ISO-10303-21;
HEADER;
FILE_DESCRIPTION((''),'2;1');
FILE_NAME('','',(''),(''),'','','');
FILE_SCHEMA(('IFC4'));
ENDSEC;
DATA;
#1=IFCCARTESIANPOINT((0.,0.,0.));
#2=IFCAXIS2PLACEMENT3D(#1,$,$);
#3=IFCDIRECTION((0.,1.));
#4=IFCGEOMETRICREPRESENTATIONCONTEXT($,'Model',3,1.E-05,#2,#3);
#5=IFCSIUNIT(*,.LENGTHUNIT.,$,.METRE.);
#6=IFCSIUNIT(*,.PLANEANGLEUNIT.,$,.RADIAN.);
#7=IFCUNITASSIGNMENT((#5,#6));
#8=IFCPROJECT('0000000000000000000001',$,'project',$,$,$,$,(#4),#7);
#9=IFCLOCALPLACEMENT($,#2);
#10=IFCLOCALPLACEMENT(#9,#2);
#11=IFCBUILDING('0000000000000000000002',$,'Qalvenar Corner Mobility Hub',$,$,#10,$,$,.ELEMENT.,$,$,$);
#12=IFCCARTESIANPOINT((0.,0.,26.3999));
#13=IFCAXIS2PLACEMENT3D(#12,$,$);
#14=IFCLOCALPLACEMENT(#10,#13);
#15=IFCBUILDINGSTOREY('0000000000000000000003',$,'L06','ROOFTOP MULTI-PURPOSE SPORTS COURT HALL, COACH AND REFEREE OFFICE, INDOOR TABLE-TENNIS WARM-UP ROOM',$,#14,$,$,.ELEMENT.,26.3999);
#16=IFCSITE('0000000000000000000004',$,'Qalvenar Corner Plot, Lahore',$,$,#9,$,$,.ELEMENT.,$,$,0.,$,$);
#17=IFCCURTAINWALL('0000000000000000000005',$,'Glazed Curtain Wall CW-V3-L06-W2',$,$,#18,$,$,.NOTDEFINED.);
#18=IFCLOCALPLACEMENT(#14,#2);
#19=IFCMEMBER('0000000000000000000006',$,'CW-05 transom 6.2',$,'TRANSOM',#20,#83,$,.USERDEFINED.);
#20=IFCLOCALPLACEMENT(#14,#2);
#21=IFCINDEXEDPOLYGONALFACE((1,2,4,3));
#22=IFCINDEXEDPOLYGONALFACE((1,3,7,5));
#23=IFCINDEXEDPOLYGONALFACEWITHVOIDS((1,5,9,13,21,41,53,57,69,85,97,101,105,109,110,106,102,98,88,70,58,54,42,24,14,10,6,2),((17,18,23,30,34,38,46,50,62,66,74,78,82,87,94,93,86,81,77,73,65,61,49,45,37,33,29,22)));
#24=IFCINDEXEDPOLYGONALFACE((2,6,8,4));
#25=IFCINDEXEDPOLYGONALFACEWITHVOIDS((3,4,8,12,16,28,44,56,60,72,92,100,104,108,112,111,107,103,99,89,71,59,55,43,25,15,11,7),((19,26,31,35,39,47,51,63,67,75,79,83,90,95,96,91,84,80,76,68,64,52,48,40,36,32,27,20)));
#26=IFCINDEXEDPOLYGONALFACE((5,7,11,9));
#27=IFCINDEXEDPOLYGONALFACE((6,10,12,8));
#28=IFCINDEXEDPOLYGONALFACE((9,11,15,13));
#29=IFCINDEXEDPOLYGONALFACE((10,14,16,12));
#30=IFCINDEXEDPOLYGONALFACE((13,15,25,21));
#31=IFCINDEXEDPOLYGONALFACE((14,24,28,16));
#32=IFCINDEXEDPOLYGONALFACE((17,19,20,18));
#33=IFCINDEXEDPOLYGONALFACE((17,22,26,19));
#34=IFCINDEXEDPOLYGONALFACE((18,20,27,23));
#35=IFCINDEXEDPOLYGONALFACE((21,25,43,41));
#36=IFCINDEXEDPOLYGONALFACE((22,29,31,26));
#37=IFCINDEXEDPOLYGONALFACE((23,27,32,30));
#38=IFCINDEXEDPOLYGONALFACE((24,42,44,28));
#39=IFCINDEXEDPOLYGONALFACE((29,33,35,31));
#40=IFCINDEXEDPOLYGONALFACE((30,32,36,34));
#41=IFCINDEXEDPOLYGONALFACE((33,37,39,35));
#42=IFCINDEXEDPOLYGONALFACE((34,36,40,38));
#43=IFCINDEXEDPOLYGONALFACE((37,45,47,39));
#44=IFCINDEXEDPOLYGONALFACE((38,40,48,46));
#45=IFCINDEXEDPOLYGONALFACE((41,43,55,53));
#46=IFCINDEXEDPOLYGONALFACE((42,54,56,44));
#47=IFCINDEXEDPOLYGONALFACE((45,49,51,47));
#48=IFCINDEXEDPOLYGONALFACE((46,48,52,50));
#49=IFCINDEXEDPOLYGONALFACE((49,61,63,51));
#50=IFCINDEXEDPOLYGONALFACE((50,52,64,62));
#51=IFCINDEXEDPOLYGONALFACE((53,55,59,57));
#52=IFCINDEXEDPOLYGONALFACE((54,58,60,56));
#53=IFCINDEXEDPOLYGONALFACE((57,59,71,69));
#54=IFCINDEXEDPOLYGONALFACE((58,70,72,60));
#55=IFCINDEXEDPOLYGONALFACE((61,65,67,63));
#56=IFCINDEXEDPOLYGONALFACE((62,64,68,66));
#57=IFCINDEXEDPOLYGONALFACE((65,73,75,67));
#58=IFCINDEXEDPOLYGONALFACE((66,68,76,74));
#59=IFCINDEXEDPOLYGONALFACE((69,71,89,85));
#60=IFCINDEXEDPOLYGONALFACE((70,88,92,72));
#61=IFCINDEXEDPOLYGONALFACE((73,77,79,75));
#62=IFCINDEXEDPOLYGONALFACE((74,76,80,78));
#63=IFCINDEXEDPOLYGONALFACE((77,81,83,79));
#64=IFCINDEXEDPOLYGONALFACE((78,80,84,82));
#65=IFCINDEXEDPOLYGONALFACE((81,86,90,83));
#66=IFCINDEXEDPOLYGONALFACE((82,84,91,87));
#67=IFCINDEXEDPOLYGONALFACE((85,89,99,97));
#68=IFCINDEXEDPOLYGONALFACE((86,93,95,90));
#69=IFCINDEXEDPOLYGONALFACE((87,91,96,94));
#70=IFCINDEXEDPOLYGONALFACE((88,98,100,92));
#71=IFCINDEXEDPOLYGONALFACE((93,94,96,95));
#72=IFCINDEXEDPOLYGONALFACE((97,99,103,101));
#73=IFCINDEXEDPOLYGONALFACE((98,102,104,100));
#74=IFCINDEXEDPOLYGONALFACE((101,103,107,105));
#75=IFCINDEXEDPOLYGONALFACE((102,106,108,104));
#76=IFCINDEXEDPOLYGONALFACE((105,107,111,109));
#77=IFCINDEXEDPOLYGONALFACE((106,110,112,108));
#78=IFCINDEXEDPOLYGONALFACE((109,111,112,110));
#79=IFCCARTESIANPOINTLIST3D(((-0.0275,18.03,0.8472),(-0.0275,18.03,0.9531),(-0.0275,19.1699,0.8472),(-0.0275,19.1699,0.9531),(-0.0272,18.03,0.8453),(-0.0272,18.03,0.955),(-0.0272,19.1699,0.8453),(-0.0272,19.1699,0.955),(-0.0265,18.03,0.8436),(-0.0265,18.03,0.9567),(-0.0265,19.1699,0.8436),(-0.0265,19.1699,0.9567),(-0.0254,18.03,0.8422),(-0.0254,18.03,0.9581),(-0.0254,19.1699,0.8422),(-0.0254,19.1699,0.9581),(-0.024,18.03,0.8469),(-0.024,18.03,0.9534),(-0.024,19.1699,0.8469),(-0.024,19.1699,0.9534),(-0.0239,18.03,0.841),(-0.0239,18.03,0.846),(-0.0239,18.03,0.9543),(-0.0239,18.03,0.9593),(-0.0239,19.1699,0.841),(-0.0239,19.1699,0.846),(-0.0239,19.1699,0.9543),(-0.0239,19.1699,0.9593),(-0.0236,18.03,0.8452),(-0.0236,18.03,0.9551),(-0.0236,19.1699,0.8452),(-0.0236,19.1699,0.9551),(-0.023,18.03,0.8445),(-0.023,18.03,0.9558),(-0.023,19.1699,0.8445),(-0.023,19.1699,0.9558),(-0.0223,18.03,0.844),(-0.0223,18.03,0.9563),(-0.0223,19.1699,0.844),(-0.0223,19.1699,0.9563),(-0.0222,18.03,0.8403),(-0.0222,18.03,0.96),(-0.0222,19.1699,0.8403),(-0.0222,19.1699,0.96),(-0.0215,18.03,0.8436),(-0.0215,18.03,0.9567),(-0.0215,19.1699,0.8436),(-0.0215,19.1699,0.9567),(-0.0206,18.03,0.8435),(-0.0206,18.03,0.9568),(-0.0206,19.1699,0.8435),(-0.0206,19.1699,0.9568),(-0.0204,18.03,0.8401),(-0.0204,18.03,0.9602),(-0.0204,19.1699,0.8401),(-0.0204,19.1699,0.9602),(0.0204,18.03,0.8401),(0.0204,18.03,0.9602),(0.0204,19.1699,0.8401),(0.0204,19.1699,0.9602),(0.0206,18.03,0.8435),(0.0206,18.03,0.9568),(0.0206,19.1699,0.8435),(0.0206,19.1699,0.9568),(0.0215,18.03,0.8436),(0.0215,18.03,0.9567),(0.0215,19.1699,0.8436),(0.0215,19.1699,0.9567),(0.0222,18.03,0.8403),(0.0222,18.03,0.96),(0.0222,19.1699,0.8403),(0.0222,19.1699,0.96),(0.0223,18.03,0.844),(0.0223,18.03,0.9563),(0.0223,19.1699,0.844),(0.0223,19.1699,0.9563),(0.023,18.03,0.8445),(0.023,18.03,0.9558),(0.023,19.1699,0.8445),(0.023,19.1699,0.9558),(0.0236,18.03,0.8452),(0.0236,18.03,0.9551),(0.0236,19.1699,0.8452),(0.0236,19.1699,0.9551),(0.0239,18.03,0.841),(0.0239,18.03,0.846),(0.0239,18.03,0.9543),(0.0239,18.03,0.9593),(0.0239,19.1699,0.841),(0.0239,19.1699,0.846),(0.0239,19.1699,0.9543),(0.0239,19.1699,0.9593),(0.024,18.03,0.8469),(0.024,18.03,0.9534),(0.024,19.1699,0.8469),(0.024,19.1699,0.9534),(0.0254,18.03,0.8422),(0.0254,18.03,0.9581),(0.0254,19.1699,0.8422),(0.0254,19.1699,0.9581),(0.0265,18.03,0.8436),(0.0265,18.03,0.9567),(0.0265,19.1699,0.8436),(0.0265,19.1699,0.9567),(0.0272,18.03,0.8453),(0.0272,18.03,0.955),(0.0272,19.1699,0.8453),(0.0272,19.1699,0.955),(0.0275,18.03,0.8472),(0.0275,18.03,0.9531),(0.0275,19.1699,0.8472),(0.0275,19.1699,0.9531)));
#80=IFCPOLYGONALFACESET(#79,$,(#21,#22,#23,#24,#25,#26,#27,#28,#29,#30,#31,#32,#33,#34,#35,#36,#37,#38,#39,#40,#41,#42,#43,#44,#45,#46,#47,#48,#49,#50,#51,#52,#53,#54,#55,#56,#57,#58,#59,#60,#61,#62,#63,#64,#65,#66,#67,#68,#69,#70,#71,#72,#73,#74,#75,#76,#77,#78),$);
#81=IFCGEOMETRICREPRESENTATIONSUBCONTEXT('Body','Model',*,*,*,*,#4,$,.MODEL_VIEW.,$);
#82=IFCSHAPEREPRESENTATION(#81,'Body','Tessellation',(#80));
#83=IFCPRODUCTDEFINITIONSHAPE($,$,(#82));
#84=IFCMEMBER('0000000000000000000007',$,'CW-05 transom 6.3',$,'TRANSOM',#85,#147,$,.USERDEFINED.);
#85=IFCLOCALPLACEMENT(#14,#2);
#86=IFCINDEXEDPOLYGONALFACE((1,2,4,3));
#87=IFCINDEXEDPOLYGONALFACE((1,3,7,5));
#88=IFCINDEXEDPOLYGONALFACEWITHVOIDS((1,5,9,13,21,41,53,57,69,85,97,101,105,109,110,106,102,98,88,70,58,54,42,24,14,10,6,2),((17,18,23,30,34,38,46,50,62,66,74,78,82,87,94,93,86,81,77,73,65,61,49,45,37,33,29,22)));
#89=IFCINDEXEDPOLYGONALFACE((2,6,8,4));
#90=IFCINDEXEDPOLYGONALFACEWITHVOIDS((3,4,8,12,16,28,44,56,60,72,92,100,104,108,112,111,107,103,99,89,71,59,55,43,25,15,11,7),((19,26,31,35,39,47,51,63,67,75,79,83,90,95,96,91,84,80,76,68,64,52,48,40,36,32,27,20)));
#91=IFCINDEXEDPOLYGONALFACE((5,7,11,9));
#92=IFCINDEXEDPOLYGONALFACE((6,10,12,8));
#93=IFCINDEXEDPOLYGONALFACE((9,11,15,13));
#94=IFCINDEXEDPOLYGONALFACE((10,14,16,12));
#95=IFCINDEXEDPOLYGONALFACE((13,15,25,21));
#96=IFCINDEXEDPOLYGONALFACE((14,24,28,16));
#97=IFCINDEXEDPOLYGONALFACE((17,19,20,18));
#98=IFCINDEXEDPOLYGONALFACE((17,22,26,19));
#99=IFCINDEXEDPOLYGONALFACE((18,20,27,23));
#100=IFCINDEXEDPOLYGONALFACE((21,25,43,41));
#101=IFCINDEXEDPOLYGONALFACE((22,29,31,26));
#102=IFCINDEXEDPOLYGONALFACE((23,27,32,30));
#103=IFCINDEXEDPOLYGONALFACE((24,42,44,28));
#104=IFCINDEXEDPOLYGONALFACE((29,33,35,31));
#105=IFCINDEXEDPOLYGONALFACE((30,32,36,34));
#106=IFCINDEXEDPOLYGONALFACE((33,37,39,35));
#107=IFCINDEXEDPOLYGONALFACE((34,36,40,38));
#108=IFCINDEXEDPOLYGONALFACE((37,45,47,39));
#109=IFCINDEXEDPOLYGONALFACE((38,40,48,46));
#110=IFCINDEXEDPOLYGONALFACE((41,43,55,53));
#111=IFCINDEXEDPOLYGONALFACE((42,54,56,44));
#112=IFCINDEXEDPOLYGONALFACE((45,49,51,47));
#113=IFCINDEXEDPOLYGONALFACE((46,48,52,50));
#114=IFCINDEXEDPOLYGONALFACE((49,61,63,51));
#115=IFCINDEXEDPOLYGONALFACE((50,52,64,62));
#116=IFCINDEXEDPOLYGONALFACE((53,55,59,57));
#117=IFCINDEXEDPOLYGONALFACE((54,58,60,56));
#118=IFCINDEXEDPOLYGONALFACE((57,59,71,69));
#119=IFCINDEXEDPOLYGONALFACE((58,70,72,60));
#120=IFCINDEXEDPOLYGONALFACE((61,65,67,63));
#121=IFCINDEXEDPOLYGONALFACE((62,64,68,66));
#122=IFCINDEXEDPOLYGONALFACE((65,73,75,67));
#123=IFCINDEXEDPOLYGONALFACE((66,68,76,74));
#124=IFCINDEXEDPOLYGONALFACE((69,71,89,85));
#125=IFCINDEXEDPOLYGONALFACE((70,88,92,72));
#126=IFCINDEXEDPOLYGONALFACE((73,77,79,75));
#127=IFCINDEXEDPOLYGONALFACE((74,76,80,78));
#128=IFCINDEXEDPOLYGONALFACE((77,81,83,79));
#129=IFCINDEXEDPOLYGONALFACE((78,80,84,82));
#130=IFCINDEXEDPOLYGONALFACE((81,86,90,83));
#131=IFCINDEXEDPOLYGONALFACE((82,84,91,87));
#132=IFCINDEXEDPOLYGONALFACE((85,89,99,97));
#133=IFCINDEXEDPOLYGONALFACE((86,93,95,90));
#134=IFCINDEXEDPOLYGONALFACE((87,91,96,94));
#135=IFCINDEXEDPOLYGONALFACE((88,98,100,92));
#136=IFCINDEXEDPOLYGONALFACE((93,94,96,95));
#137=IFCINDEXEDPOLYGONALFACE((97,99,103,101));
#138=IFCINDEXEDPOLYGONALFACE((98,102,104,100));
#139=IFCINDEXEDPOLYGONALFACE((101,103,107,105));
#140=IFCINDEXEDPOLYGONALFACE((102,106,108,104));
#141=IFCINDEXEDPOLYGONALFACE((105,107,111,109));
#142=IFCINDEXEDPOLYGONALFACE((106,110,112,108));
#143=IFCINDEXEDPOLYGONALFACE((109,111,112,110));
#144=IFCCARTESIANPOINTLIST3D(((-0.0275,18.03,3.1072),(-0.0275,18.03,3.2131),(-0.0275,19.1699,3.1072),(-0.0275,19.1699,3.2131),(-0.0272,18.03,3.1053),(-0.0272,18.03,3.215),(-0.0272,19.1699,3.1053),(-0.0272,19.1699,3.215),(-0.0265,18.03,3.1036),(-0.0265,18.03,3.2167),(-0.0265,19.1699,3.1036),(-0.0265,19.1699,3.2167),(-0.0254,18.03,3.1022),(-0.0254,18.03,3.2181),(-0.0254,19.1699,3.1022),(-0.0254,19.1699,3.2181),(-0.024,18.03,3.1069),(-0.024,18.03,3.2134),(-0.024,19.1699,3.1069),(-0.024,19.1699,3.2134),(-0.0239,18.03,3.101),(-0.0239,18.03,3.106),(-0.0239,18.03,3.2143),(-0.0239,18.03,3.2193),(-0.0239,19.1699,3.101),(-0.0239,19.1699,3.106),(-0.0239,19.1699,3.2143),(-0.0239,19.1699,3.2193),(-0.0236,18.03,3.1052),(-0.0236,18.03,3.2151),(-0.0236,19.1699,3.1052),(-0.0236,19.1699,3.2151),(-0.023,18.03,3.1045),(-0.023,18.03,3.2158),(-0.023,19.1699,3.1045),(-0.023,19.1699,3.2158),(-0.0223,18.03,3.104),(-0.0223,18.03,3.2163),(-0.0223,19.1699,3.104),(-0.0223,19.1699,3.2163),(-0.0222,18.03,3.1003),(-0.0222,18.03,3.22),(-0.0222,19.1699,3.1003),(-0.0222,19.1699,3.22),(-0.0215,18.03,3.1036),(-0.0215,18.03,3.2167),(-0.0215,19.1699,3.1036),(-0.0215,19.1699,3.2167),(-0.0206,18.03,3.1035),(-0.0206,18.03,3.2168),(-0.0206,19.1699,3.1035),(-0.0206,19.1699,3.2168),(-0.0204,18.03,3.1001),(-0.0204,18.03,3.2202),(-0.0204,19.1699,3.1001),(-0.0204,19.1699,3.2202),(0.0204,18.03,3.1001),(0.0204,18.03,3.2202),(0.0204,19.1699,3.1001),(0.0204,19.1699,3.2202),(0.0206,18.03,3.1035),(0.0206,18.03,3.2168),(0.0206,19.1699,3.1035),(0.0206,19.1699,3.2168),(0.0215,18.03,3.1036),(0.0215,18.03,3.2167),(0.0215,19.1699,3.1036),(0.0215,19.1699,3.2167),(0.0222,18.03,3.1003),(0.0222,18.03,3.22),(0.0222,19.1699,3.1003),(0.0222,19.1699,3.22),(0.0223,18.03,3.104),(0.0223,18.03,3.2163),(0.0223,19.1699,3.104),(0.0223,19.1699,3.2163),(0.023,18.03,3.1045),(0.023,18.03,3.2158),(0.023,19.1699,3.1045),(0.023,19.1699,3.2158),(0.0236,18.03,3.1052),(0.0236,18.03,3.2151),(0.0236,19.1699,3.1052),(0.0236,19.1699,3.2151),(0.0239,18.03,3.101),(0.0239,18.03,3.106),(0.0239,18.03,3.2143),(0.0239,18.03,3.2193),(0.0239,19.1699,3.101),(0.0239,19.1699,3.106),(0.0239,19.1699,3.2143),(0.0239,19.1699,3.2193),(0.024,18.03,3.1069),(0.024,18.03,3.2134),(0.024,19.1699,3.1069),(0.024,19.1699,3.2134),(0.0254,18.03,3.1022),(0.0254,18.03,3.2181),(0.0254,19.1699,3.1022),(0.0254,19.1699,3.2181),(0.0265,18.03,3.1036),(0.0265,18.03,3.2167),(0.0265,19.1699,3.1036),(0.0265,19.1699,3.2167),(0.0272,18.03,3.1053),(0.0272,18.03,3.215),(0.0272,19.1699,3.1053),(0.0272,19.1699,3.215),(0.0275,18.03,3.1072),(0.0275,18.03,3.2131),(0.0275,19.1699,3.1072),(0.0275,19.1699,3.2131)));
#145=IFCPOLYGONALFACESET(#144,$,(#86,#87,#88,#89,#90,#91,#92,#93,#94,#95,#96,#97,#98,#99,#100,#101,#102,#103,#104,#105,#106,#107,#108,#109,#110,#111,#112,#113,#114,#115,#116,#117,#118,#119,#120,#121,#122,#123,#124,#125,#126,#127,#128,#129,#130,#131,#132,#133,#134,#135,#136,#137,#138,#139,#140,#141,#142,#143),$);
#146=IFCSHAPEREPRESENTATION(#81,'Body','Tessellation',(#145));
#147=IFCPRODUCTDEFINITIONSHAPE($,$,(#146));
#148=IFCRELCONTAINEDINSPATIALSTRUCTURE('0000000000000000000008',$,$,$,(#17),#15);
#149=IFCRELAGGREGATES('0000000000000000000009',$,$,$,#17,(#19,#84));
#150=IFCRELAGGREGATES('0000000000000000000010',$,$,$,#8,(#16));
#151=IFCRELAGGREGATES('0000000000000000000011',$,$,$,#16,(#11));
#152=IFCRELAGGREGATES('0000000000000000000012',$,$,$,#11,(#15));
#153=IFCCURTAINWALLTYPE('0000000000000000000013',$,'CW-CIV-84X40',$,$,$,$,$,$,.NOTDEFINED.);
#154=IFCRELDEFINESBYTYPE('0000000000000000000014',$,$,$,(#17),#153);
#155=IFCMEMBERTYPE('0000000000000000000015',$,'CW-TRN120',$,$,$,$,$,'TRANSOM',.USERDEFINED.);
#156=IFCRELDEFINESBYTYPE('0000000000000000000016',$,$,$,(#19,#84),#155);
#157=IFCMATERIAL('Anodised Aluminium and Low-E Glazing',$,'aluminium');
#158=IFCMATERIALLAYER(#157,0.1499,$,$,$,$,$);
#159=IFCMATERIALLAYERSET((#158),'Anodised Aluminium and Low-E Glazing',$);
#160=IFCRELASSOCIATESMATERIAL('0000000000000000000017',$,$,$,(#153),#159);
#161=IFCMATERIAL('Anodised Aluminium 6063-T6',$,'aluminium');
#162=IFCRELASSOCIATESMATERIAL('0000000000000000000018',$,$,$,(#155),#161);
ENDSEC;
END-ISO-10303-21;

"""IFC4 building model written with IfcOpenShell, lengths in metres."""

from ifc_helpers import new_model, si_unit, direction, frame, origin, origin_2d, place, context, subcontext, project, spatial, hollow_rectangle, extrude, material, layer, layer_set, material_profile, profile_set, type_object, element, aggregate, save


model = new_model("IFC4")

# Units and contexts
model_context = context("Model", 3, precision=1e-05, world=origin(), true_north=direction((0.0, 1.0)))
body_context = subcontext(model_context, "Body", "Model", "MODEL_VIEW")
ifc_project = project(units=[si_unit("LENGTHUNIT", "METRE"), si_unit("PLANEANGLEUNIT", "RADIAN")], contexts=[model_context])

# Site, building, storey
site_placement = place(None, origin())
site = spatial("IfcSite", under=ifc_project, at=site_placement, Name="Qalvenar Corner Plot, Lahore", CompositionType="ELEMENT", RefElevation=0.0)
building_placement = place(site_placement, origin())
building = spatial("IfcBuilding", under=site, at=building_placement, Name="Qalvenar Corner Mobility Hub", CompositionType="ELEMENT")
storey_placement = place(building_placement, frame((0.0, 0.0, 26.3999)))
storey = spatial("IfcBuildingStorey", under=building, at=storey_placement, Name="L06", Description="ROOFTOP MULTI-PURPOSE SPORTS COURT HALL, COACH AND REFEREE OFFICE, INDOOR TABLE-TENNIS WARM-UP ROOM", CompositionType="ELEMENT", Elevation=26.3999)

# Curtain wall, members
ifc_material_1 = material(Name="Anodised Aluminium and Low-E Glazing", Category="aluminium")
ifc_layer_1 = layer(ifc_material_1, 0.1499)
ifc_layer_set_1 = layer_set([ifc_layer_1], Name="Anodised Aluminium and Low-E Glazing")
curtain_wall_type = type_object("IfcCurtainWallType", Name="CW-CIV-84X40", PredefinedType="NOTDEFINED", material=ifc_layer_set_1)
curtain_wall_placement = place(storey_placement, origin())
curtain_wall = element("IfcCurtainWall", 1, at=curtain_wall_placement, inside=storey, type_object=curtain_wall_type, Name="Glazed Curtain Wall CW-V3-L06-W2", PredefinedType="NOTDEFINED")
ifc_material_2 = material(Name="Anodised Aluminium 6063-T6", Category="aluminium")
ifc_material_profile_1 = material_profile(ifc_material_2, hollow_rectangle(XDim=0.0549, YDim=0.1201, WallThickness=0.0034, InnerFilletRadius=0.0034, OuterFilletRadius=0.0071, at=origin_2d()), Name="RHS120x55x3.5")
ifc_profile_set_1 = profile_set([ifc_material_profile_1], Name="Anodised Aluminium 6063-T6")
member_type_1 = type_object("IfcMemberType", Name="CW-TRN120", ElementType="TRANSOM", PredefinedType="USERDEFINED", material=ifc_profile_set_1)
member_1_placement = place(storey_placement, frame((0.0, 19.1699, 0.9001), z_axis=(0.0, -1.0, 0.0), x_axis=(1.0, 0.0, 0.0)))
member_1 = element("IfcMember", 2, at=member_1_placement, type_object=member_type_1, Name="CW-05 transom 6.2", ObjectType="TRANSOM", PredefinedType="USERDEFINED", context=body_context, shape_type="SweptSolid", body=[
    extrude(hollow_rectangle(XDim=0.0549, YDim=0.1201, WallThickness=0.0034, InnerFilletRadius=0.0034, OuterFilletRadius=0.0071, at=origin_2d()), origin(), (0.0, 0.0, 1.0), 1.1399),
])
member_2_placement = place(storey_placement, frame((0.0, 19.1699, 3.1602), z_axis=(0.0, -1.0, 0.0), x_axis=(1.0, 0.0, 0.0)))
member_2 = element("IfcMember", 3, at=member_2_placement, type_object=member_type_1, Name="CW-05 transom 6.3", ObjectType="TRANSOM", PredefinedType="USERDEFINED", context=body_context, shape_type="SweptSolid", body=[
    extrude(hollow_rectangle(XDim=0.0549, YDim=0.1201, WallThickness=0.0034, InnerFilletRadius=0.0034, OuterFilletRadius=0.0071, at=origin_2d()), origin(), (0.0, 0.0, 1.0), 1.1399),
])

aggregate(curtain_wall, [member_1, member_2])

save(model, "model.ifc")
